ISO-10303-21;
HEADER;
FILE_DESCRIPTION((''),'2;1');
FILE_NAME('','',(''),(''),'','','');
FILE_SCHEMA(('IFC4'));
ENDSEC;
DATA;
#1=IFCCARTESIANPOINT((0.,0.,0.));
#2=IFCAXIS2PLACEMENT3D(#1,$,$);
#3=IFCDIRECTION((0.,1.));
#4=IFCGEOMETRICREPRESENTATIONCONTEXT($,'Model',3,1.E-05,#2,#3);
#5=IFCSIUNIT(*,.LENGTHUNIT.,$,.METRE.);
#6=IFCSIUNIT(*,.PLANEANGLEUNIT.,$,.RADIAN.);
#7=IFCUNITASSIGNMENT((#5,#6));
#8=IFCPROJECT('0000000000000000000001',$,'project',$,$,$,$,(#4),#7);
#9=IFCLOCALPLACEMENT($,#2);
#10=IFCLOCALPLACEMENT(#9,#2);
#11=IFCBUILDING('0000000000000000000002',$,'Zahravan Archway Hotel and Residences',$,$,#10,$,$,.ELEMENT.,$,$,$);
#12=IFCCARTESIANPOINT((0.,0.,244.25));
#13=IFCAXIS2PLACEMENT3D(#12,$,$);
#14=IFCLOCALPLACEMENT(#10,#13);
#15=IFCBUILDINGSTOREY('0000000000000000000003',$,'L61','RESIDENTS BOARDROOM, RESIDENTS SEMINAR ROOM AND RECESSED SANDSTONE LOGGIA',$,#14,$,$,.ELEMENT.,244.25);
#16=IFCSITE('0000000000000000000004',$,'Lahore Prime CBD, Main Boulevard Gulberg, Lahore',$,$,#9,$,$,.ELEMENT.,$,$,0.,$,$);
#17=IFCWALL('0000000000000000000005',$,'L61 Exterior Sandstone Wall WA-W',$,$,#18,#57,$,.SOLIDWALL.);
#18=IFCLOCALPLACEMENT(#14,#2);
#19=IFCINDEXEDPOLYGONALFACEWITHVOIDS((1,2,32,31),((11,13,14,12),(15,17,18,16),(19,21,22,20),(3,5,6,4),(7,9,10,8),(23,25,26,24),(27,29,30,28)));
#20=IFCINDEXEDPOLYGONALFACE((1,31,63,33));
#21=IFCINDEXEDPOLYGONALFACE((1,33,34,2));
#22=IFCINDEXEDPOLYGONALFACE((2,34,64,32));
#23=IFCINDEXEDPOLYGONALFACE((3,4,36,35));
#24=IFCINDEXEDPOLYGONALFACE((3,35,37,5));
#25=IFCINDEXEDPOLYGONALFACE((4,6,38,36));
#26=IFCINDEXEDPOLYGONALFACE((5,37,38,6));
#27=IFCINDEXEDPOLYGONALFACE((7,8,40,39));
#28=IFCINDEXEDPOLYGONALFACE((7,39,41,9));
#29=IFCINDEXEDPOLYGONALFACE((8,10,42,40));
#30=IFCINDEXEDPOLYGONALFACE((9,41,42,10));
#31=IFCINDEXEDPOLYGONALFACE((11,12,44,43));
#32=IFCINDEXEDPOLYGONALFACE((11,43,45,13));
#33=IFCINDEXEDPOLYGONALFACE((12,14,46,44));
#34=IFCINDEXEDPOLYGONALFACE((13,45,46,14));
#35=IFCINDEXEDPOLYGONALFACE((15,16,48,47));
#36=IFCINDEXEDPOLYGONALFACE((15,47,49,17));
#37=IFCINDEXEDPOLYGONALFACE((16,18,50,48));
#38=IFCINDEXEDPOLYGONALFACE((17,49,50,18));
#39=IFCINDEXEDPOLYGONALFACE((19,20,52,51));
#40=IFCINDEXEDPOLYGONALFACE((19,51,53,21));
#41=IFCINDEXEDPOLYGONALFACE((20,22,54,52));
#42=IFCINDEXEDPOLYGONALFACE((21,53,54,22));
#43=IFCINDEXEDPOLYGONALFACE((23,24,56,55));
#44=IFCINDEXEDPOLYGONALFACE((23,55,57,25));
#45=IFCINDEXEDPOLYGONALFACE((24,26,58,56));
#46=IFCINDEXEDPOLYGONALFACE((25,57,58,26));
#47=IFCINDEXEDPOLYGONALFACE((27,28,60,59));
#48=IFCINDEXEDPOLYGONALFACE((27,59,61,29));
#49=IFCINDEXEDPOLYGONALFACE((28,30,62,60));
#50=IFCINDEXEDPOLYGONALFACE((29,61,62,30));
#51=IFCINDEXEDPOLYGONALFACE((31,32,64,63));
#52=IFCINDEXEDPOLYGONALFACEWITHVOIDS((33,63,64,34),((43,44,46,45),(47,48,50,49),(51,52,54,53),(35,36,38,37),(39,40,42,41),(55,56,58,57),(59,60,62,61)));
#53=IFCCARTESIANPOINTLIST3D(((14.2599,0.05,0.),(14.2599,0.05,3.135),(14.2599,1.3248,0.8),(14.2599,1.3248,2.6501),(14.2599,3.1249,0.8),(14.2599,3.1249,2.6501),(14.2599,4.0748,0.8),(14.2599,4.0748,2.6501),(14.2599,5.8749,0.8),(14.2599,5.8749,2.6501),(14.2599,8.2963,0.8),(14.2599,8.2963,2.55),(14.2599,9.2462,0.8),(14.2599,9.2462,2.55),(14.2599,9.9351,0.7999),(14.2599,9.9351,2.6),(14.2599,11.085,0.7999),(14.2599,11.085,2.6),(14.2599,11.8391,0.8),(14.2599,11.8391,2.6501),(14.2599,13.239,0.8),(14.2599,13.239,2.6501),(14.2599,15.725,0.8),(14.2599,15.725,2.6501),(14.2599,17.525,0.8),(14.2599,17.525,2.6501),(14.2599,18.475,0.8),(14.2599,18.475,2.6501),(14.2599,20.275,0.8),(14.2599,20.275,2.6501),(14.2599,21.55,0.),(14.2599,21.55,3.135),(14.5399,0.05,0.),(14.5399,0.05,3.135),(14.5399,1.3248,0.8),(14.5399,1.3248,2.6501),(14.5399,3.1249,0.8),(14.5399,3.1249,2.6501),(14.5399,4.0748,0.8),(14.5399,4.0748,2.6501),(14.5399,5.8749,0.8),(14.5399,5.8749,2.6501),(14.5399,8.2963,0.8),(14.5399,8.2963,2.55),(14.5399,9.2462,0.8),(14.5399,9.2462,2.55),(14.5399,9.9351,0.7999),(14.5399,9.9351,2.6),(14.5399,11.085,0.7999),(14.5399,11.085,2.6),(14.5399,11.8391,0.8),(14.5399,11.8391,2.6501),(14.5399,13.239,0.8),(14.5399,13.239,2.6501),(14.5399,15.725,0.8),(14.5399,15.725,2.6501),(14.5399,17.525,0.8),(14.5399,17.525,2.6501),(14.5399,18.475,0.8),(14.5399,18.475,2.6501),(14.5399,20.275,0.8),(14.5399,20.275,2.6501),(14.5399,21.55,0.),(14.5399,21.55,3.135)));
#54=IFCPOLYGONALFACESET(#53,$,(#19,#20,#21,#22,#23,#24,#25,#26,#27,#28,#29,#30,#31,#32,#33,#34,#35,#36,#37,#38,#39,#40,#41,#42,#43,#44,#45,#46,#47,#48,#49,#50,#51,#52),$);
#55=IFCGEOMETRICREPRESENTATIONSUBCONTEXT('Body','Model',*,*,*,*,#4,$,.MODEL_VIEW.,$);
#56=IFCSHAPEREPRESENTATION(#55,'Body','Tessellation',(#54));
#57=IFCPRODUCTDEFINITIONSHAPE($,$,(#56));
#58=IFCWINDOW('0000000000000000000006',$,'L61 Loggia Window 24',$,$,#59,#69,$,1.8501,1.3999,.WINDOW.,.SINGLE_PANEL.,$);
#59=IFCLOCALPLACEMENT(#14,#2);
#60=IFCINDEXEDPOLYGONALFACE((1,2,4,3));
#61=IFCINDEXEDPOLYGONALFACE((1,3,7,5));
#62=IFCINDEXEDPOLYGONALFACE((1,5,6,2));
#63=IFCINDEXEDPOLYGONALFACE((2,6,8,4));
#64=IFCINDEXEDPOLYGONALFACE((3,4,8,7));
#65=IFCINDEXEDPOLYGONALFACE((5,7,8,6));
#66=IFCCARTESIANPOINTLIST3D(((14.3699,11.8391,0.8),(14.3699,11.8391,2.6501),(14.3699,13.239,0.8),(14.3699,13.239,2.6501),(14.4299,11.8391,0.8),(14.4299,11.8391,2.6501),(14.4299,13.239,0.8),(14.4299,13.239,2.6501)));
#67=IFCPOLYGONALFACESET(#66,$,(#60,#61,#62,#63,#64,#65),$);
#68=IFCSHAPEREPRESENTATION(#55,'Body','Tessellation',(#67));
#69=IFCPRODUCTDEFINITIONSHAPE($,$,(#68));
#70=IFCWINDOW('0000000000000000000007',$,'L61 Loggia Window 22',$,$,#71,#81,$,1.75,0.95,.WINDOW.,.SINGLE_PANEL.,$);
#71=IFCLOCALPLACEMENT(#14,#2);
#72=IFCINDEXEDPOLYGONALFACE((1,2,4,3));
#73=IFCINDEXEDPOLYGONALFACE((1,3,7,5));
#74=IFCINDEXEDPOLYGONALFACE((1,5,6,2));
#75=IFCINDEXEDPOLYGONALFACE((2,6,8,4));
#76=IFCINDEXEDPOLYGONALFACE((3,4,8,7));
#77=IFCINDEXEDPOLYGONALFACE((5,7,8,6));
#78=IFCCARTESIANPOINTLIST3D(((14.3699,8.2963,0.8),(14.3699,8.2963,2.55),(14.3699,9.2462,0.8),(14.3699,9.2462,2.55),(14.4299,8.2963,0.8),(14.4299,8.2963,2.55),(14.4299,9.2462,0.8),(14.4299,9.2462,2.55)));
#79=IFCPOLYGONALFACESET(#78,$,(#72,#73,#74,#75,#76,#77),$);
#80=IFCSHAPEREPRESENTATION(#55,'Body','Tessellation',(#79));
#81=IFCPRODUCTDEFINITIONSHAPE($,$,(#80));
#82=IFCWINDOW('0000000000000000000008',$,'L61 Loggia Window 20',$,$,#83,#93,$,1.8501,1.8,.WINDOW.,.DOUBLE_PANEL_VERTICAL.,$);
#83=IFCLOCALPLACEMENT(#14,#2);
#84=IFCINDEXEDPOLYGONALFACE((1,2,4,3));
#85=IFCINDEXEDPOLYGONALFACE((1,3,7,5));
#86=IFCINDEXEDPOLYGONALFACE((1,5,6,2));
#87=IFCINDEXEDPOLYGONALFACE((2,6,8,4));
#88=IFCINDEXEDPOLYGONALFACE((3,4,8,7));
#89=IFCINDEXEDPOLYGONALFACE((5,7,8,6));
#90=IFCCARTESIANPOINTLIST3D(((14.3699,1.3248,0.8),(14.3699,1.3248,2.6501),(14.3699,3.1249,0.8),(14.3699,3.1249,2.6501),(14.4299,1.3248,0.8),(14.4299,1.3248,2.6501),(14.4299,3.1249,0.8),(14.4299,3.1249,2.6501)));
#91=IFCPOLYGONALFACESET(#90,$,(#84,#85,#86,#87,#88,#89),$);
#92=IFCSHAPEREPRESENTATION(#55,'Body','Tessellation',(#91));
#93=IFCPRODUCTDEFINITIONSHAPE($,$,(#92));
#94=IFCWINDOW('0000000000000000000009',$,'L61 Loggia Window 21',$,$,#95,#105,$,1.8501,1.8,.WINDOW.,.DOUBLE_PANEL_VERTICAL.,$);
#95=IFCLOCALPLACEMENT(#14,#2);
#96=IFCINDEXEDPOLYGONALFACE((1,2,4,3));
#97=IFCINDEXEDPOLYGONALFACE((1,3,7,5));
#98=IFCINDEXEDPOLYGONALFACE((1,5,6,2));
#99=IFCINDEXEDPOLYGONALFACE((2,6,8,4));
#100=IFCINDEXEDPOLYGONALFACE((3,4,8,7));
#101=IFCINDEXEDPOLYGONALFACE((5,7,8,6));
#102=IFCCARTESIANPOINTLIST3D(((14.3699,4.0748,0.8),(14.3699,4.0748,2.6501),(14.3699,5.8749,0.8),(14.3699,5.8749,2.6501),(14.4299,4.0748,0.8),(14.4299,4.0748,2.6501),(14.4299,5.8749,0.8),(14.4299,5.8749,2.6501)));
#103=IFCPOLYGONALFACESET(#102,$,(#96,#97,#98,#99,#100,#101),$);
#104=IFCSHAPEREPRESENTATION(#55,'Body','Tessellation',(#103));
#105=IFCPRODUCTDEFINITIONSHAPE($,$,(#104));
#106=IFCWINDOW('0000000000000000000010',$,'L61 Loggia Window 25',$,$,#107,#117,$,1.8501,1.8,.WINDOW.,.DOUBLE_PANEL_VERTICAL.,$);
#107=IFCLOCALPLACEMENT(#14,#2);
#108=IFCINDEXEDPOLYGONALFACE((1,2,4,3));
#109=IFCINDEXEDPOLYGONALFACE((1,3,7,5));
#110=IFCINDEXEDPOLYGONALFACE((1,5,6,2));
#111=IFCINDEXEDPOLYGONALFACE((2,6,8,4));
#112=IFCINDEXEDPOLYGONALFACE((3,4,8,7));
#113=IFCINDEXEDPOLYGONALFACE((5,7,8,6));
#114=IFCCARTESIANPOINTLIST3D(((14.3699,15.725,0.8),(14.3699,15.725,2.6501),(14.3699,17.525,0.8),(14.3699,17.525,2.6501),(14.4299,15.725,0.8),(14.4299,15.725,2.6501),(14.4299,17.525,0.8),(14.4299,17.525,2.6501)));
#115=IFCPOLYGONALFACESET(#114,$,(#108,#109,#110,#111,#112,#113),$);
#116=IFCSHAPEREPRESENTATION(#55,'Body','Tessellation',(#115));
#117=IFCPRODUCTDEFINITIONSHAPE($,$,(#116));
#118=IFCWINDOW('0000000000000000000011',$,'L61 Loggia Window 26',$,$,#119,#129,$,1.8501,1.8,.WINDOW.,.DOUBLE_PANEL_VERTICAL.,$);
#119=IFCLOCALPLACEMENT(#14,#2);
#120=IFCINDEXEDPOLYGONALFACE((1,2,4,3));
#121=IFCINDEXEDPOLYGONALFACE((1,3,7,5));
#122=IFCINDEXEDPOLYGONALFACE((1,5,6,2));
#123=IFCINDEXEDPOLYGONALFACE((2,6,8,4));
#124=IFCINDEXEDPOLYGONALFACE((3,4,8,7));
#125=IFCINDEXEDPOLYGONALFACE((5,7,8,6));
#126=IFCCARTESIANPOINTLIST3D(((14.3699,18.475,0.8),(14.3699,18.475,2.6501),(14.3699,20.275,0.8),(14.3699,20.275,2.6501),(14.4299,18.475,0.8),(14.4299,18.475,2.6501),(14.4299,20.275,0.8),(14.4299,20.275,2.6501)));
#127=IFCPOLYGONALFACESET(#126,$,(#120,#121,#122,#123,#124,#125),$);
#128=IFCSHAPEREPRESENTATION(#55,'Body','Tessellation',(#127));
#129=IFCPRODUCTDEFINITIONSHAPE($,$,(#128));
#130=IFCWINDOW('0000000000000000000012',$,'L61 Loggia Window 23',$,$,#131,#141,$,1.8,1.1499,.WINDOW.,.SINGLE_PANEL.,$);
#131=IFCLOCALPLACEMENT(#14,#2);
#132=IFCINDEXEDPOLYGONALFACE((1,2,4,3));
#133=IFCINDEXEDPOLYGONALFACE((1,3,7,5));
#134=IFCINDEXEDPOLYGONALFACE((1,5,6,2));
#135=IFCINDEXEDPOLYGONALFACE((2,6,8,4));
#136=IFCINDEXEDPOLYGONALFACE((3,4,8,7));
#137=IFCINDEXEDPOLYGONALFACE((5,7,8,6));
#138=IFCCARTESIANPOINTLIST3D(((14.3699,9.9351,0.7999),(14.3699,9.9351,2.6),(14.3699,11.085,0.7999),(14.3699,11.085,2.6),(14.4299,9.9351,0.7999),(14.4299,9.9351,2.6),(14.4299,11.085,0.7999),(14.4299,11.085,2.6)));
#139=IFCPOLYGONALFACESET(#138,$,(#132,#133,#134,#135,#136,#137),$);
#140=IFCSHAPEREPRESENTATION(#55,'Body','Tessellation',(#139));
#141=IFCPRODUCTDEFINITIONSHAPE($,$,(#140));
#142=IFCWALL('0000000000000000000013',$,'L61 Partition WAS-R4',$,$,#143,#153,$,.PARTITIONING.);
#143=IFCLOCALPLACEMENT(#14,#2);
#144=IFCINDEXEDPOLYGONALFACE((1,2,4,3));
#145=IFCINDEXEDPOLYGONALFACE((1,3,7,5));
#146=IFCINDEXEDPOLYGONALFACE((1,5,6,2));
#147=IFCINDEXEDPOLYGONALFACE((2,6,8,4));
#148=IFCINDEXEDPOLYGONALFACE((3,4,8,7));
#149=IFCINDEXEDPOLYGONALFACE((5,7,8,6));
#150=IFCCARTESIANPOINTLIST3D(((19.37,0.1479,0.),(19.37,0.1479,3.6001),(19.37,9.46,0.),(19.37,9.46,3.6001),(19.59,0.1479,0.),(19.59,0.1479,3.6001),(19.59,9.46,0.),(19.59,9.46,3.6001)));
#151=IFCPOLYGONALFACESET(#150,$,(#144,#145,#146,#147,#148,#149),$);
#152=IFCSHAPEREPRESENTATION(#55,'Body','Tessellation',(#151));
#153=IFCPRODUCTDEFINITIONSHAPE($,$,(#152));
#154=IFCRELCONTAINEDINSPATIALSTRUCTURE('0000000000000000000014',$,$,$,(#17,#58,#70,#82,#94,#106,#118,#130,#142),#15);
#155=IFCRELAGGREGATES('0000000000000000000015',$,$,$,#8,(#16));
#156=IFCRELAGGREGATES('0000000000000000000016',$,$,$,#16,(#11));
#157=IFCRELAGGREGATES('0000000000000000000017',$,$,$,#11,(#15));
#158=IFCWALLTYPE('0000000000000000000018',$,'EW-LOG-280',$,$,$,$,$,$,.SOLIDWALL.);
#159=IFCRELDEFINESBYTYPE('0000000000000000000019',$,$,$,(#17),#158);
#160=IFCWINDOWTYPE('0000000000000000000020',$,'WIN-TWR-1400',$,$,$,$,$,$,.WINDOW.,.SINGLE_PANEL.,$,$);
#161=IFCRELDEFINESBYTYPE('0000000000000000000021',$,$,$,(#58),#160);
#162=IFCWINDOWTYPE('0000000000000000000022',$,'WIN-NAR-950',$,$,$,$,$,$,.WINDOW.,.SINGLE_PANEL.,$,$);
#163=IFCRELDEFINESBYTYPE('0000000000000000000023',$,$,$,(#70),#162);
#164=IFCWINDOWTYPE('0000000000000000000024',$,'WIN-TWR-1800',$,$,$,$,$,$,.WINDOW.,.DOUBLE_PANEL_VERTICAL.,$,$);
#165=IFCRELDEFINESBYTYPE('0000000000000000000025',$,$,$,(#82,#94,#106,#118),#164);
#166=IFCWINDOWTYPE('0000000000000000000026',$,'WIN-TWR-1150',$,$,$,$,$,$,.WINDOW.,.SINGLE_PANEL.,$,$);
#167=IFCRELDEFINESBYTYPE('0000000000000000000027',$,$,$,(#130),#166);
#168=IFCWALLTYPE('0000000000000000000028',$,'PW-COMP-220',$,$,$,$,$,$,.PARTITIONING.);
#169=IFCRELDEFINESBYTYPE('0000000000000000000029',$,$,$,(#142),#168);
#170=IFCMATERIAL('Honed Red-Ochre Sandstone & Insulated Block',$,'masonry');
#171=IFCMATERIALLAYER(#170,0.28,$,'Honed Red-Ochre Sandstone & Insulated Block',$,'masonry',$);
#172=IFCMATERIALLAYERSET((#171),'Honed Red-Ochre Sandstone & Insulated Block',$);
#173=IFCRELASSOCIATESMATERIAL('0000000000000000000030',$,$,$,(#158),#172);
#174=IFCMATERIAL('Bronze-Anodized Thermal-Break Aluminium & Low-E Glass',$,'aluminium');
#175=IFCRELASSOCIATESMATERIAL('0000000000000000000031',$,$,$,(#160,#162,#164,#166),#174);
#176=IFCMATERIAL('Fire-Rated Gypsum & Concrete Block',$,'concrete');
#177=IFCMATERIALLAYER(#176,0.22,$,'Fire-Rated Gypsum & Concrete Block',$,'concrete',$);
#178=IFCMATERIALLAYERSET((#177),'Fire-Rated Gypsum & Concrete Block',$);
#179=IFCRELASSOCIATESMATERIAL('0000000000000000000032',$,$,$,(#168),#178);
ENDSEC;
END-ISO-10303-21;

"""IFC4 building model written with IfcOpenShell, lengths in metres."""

from ifc_helpers import new_model, si_unit, direction, frame, frame_2d, origin, place, context, subcontext, project, spatial, rectangle, extrude, source, transform, mapped, material, layer, layer_set, type_object, type_shapes, element, fill, save


model = new_model("IFC4")

# Units and contexts
model_context = context("Model", 3, precision=1e-05, world=origin(), true_north=direction((0.0, 1.0)))
body_context = subcontext(model_context, "Body", "Model", "MODEL_VIEW")
ifc_project = project(units=[si_unit("LENGTHUNIT", "METRE"), si_unit("PLANEANGLEUNIT", "RADIAN")], contexts=[model_context])

# Site, building, storey
site_placement = place(None, origin())
site = spatial("IfcSite", under=ifc_project, at=site_placement, Name="Lahore Prime CBD, Main Boulevard Gulberg, Lahore", CompositionType="ELEMENT", RefElevation=0.0)
building_placement = place(site_placement, origin())
building = spatial("IfcBuilding", under=site, at=building_placement, Name="Zahravan Archway Hotel and Residences", CompositionType="ELEMENT")
storey_placement = place(building_placement, frame((0.0, 0.0, 244.25)))
storey = spatial("IfcBuildingStorey", under=building, at=storey_placement, Name="L61", Description="RESIDENTS BOARDROOM, RESIDENTS SEMINAR ROOM AND RECESSED SANDSTONE LOGGIA", CompositionType="ELEMENT", Elevation=244.25)

# Wall, openings, windows
ifc_material_1 = material(Name="Honed Red-Ochre Sandstone & Insulated Block", Category="masonry")
ifc_layer_1 = layer(ifc_material_1, 0.28, Name="Honed Red-Ochre Sandstone & Insulated Block", Category="masonry")
ifc_layer_set_1 = layer_set([ifc_layer_1], Name="Honed Red-Ochre Sandstone & Insulated Block")
wall_type_1 = type_object("IfcWallType", Name="EW-LOG-280", PredefinedType="SOLIDWALL", material=ifc_layer_set_1)
wall_1_placement = place(storey_placement, frame((14.3999, 0.05, 0.0), z_axis=(0.0, 0.0, 1.0), x_axis=(0.0, 1.0, 0.0)))
wall_1 = element("IfcWall", 1, at=wall_1_placement, inside=storey, type_object=wall_type_1, Name="L61 Exterior Sandstone Wall WA-W", PredefinedType="SOLIDWALL", context=body_context, shape_type="SweptSolid", body=[
    extrude(rectangle(XDim=21.5, YDim=0.28, at=frame_2d((10.75, 0.0))), origin(), (0.0, 0.0, 1.0), 3.135),
])
opening_1_placement = place(wall_1_placement, frame((1.2749, 0.0, 0.8)))
opening_1 = element("IfcOpeningElement", 2, at=opening_1_placement, cuts=wall_1, PredefinedType="OPENING", context=body_context, shape_type="SweptSolid", body=[
    extrude(rectangle(XDim=1.8, YDim=1.8501, at=frame_2d((0.8999, 0.925))), frame((0.0, 0.1499, 0.0), z_axis=(0.0, -1.0, 0.0), x_axis=(1.0, 0.0, 0.0)), (0.0, 0.0, 1.0), 0.3),
])
opening_2_placement = place(wall_1_placement, frame((4.0249, 0.0, 0.8)))
opening_2 = element("IfcOpeningElement", 3, at=opening_2_placement, cuts=wall_1, PredefinedType="OPENING", context=body_context, shape_type="SweptSolid", body=[
    extrude(rectangle(XDim=1.8, YDim=1.8501, at=frame_2d((0.8999, 0.925))), frame((0.0, 0.1499, 0.0), z_axis=(0.0, -1.0, 0.0), x_axis=(1.0, 0.0, 0.0)), (0.0, 0.0, 1.0), 0.3),
])
opening_3_placement = place(wall_1_placement, frame((8.2461, 0.0, 0.8)))
opening_3 = element("IfcOpeningElement", 4, at=opening_3_placement, cuts=wall_1, PredefinedType="OPENING", context=body_context, shape_type="SweptSolid", body=[
    extrude(rectangle(XDim=0.95, YDim=1.75, at=frame_2d((0.4751, 0.875))), frame((0.0, 0.1499, 0.0), z_axis=(0.0, -1.0, 0.0), x_axis=(1.0, 0.0, 0.0)), (0.0, 0.0, 1.0), 0.3),
])
opening_4_placement = place(wall_1_placement, frame((9.885, 0.0, 0.8)))
opening_4 = element("IfcOpeningElement", 5, at=opening_4_placement, cuts=wall_1, PredefinedType="OPENING", context=body_context, shape_type="SweptSolid", body=[
    extrude(rectangle(XDim=1.1499, YDim=1.8, at=frame_2d((0.575, 0.8999))), frame((0.0, 0.1499, 0.0), z_axis=(0.0, -1.0, 0.0), x_axis=(1.0, 0.0, 0.0)), (0.0, 0.0, 1.0), 0.3),
])
opening_5_placement = place(wall_1_placement, frame((11.7891, 0.0, 0.8)))
opening_5 = element("IfcOpeningElement", 6, at=opening_5_placement, cuts=wall_1, PredefinedType="OPENING", context=body_context, shape_type="SweptSolid", body=[
    extrude(rectangle(XDim=1.3999, YDim=1.8501, at=frame_2d((0.7, 0.925))), frame((0.0, 0.1499, 0.0), z_axis=(0.0, -1.0, 0.0), x_axis=(1.0, 0.0, 0.0)), (0.0, 0.0, 1.0), 0.3),
])
opening_6_placement = place(wall_1_placement, frame((15.675, 0.0, 0.8)))
opening_6 = element("IfcOpeningElement", 7, at=opening_6_placement, cuts=wall_1, PredefinedType="OPENING", context=body_context, shape_type="SweptSolid", body=[
    extrude(rectangle(XDim=1.8, YDim=1.8501, at=frame_2d((0.8999, 0.925))), frame((0.0, 0.1499, 0.0), z_axis=(0.0, -1.0, 0.0), x_axis=(1.0, 0.0, 0.0)), (0.0, 0.0, 1.0), 0.3),
])
opening_7_placement = place(wall_1_placement, frame((18.425, 0.0, 0.8)))
opening_7 = element("IfcOpeningElement", 8, at=opening_7_placement, cuts=wall_1, PredefinedType="OPENING", context=body_context, shape_type="SweptSolid", body=[
    extrude(rectangle(XDim=1.8, YDim=1.8501, at=frame_2d((0.8999, 0.925))), frame((0.0, 0.1499, 0.0), z_axis=(0.0, -1.0, 0.0), x_axis=(1.0, 0.0, 0.0)), (0.0, 0.0, 1.0), 0.3),
])
ifc_material_2 = material(Name="Bronze-Anodized Thermal-Break Aluminium & Low-E Glass", Category="aluminium")
window_type_1 = type_object("IfcWindowType", Name="WIN-TWR-1400", PartitioningType="SINGLE_PANEL", PredefinedType="WINDOW", material=ifc_material_2)
shared_shape_1 = source(origin(), body_context, "Body", "SweptSolid", [
    extrude(rectangle(XDim=1.3999, YDim=1.8501, at=frame_2d((0.7, 0.925))), frame((0.0, 0.03, 0.0), z_axis=(0.0, -1.0, 0.0), x_axis=(1.0, 0.0, 0.0)), (0.0, 0.0, 1.0), 0.0601),
])
type_shapes(window_type_1, [shared_shape_1])
window_1_placement = place(opening_5_placement, origin())
window_1 = element("IfcWindow", 9, at=window_1_placement, inside=storey, type_object=window_type_1, Name="L61 Loggia Window 24", OverallHeight=1.8501, OverallWidth=1.3999, PartitioningType="SINGLE_PANEL", PredefinedType="WINDOW", context=body_context, shape_type="MappedRepresentation", body=[
    mapped(shared_shape_1, transform((0.0, 0.0, 0.0), scale=1.0)),
])
fill(opening_5, window_1)
window_type_2 = type_object("IfcWindowType", Name="WIN-NAR-950", PartitioningType="SINGLE_PANEL", PredefinedType="WINDOW", material=ifc_material_2)
shared_shape_2 = source(origin(), body_context, "Body", "SweptSolid", [
    extrude(rectangle(XDim=0.95, YDim=1.75, at=frame_2d((0.4751, 0.875))), frame((0.0, 0.03, 0.0), z_axis=(0.0, -1.0, 0.0), x_axis=(1.0, 0.0, 0.0)), (0.0, 0.0, 1.0), 0.0601),
])
type_shapes(window_type_2, [shared_shape_2])
window_2_placement = place(opening_3_placement, origin())
window_2 = element("IfcWindow", 10, at=window_2_placement, inside=storey, type_object=window_type_2, Name="L61 Loggia Window 22", OverallHeight=1.75, OverallWidth=0.95, PartitioningType="SINGLE_PANEL", PredefinedType="WINDOW", context=body_context, shape_type="MappedRepresentation", body=[
    mapped(shared_shape_2, transform((0.0, 0.0, 0.0), scale=1.0)),
])
fill(opening_3, window_2)
window_type_3 = type_object("IfcWindowType", Name="WIN-TWR-1800", PartitioningType="DOUBLE_PANEL_VERTICAL", PredefinedType="WINDOW", material=ifc_material_2)
shared_shape_3 = source(origin(), body_context, "Body", "SweptSolid", [
    extrude(rectangle(XDim=1.8, YDim=1.8501, at=frame_2d((0.8999, 0.925))), frame((0.0, 0.03, 0.0), z_axis=(0.0, -1.0, 0.0), x_axis=(1.0, 0.0, 0.0)), (0.0, 0.0, 1.0), 0.0601),
])
type_shapes(window_type_3, [shared_shape_3])
window_3_placement = place(opening_1_placement, origin())
window_3 = element("IfcWindow", 11, at=window_3_placement, inside=storey, type_object=window_type_3, Name="L61 Loggia Window 20", OverallHeight=1.8501, OverallWidth=1.8, PartitioningType="DOUBLE_PANEL_VERTICAL", PredefinedType="WINDOW", context=body_context, shape_type="MappedRepresentation", body=[
    mapped(shared_shape_3, transform((0.0, 0.0, 0.0), scale=1.0)),
])
fill(opening_1, window_3)
window_4_placement = place(opening_2_placement, origin())
window_4 = element("IfcWindow", 12, at=window_4_placement, inside=storey, type_object=window_type_3, Name="L61 Loggia Window 21", OverallHeight=1.8501, OverallWidth=1.8, PartitioningType="DOUBLE_PANEL_VERTICAL", PredefinedType="WINDOW", context=body_context, shape_type="MappedRepresentation", body=[
    mapped(shared_shape_3, transform((0.0, 0.0, 0.0), scale=1.0)),
])
fill(opening_2, window_4)
window_5_placement = place(opening_6_placement, origin())
window_5 = element("IfcWindow", 13, at=window_5_placement, inside=storey, type_object=window_type_3, Name="L61 Loggia Window 25", OverallHeight=1.8501, OverallWidth=1.8, PartitioningType="DOUBLE_PANEL_VERTICAL", PredefinedType="WINDOW", context=body_context, shape_type="MappedRepresentation", body=[
    mapped(shared_shape_3, transform((0.0, 0.0, 0.0), scale=1.0)),
])
fill(opening_6, window_5)
window_6_placement = place(opening_7_placement, origin())
window_6 = element("IfcWindow", 14, at=window_6_placement, inside=storey, type_object=window_type_3, Name="L61 Loggia Window 26", OverallHeight=1.8501, OverallWidth=1.8, PartitioningType="DOUBLE_PANEL_VERTICAL", PredefinedType="WINDOW", context=body_context, shape_type="MappedRepresentation", body=[
    mapped(shared_shape_3, transform((0.0, 0.0, 0.0), scale=1.0)),
])
fill(opening_7, window_6)
window_type_4 = type_object("IfcWindowType", Name="WIN-TWR-1150", PartitioningType="SINGLE_PANEL", PredefinedType="WINDOW", material=ifc_material_2)
shared_shape_4 = source(origin(), body_context, "Body", "SweptSolid", [
    extrude(rectangle(XDim=1.1499, YDim=1.8, at=frame_2d((0.575, 0.8999))), frame((0.0, 0.03, 0.0), z_axis=(0.0, -1.0, 0.0), x_axis=(1.0, 0.0, 0.0)), (0.0, 0.0, 1.0), 0.0601),
])
type_shapes(window_type_4, [shared_shape_4])
window_7_placement = place(opening_4_placement, origin())
window_7 = element("IfcWindow", 15, at=window_7_placement, inside=storey, type_object=window_type_4, Name="L61 Loggia Window 23", OverallHeight=1.8, OverallWidth=1.1499, PartitioningType="SINGLE_PANEL", PredefinedType="WINDOW", context=body_context, shape_type="MappedRepresentation", body=[
    mapped(shared_shape_4, transform((0.0, 0.0, 0.0), scale=1.0)),
])
fill(opening_4, window_7)

# Wall
ifc_material_3 = material(Name="Fire-Rated Gypsum & Concrete Block", Category="concrete")
ifc_layer_2 = layer(ifc_material_3, 0.22, Name="Fire-Rated Gypsum & Concrete Block", Category="concrete")
ifc_layer_set_2 = layer_set([ifc_layer_2], Name="Fire-Rated Gypsum & Concrete Block")
wall_type_2 = type_object("IfcWallType", Name="PW-COMP-220", PredefinedType="PARTITIONING", material=ifc_layer_set_2)
wall_2_placement = place(storey_placement, frame((19.48, 0.1479, 0.0), z_axis=(0.0, 0.0, 1.0), x_axis=(0.0, 1.0, 0.0)))
element("IfcWall", 16, at=wall_2_placement, inside=storey, type_object=wall_type_2, Name="L61 Partition WAS-R4", PredefinedType="PARTITIONING", context=body_context, shape_type="SweptSolid", body=[
    extrude(rectangle(XDim=9.312, YDim=0.22, at=frame_2d((4.656, 0.0))), origin(), (0.0, 0.0, 1.0), 3.6001),
])

save(model, "model.ifc")
